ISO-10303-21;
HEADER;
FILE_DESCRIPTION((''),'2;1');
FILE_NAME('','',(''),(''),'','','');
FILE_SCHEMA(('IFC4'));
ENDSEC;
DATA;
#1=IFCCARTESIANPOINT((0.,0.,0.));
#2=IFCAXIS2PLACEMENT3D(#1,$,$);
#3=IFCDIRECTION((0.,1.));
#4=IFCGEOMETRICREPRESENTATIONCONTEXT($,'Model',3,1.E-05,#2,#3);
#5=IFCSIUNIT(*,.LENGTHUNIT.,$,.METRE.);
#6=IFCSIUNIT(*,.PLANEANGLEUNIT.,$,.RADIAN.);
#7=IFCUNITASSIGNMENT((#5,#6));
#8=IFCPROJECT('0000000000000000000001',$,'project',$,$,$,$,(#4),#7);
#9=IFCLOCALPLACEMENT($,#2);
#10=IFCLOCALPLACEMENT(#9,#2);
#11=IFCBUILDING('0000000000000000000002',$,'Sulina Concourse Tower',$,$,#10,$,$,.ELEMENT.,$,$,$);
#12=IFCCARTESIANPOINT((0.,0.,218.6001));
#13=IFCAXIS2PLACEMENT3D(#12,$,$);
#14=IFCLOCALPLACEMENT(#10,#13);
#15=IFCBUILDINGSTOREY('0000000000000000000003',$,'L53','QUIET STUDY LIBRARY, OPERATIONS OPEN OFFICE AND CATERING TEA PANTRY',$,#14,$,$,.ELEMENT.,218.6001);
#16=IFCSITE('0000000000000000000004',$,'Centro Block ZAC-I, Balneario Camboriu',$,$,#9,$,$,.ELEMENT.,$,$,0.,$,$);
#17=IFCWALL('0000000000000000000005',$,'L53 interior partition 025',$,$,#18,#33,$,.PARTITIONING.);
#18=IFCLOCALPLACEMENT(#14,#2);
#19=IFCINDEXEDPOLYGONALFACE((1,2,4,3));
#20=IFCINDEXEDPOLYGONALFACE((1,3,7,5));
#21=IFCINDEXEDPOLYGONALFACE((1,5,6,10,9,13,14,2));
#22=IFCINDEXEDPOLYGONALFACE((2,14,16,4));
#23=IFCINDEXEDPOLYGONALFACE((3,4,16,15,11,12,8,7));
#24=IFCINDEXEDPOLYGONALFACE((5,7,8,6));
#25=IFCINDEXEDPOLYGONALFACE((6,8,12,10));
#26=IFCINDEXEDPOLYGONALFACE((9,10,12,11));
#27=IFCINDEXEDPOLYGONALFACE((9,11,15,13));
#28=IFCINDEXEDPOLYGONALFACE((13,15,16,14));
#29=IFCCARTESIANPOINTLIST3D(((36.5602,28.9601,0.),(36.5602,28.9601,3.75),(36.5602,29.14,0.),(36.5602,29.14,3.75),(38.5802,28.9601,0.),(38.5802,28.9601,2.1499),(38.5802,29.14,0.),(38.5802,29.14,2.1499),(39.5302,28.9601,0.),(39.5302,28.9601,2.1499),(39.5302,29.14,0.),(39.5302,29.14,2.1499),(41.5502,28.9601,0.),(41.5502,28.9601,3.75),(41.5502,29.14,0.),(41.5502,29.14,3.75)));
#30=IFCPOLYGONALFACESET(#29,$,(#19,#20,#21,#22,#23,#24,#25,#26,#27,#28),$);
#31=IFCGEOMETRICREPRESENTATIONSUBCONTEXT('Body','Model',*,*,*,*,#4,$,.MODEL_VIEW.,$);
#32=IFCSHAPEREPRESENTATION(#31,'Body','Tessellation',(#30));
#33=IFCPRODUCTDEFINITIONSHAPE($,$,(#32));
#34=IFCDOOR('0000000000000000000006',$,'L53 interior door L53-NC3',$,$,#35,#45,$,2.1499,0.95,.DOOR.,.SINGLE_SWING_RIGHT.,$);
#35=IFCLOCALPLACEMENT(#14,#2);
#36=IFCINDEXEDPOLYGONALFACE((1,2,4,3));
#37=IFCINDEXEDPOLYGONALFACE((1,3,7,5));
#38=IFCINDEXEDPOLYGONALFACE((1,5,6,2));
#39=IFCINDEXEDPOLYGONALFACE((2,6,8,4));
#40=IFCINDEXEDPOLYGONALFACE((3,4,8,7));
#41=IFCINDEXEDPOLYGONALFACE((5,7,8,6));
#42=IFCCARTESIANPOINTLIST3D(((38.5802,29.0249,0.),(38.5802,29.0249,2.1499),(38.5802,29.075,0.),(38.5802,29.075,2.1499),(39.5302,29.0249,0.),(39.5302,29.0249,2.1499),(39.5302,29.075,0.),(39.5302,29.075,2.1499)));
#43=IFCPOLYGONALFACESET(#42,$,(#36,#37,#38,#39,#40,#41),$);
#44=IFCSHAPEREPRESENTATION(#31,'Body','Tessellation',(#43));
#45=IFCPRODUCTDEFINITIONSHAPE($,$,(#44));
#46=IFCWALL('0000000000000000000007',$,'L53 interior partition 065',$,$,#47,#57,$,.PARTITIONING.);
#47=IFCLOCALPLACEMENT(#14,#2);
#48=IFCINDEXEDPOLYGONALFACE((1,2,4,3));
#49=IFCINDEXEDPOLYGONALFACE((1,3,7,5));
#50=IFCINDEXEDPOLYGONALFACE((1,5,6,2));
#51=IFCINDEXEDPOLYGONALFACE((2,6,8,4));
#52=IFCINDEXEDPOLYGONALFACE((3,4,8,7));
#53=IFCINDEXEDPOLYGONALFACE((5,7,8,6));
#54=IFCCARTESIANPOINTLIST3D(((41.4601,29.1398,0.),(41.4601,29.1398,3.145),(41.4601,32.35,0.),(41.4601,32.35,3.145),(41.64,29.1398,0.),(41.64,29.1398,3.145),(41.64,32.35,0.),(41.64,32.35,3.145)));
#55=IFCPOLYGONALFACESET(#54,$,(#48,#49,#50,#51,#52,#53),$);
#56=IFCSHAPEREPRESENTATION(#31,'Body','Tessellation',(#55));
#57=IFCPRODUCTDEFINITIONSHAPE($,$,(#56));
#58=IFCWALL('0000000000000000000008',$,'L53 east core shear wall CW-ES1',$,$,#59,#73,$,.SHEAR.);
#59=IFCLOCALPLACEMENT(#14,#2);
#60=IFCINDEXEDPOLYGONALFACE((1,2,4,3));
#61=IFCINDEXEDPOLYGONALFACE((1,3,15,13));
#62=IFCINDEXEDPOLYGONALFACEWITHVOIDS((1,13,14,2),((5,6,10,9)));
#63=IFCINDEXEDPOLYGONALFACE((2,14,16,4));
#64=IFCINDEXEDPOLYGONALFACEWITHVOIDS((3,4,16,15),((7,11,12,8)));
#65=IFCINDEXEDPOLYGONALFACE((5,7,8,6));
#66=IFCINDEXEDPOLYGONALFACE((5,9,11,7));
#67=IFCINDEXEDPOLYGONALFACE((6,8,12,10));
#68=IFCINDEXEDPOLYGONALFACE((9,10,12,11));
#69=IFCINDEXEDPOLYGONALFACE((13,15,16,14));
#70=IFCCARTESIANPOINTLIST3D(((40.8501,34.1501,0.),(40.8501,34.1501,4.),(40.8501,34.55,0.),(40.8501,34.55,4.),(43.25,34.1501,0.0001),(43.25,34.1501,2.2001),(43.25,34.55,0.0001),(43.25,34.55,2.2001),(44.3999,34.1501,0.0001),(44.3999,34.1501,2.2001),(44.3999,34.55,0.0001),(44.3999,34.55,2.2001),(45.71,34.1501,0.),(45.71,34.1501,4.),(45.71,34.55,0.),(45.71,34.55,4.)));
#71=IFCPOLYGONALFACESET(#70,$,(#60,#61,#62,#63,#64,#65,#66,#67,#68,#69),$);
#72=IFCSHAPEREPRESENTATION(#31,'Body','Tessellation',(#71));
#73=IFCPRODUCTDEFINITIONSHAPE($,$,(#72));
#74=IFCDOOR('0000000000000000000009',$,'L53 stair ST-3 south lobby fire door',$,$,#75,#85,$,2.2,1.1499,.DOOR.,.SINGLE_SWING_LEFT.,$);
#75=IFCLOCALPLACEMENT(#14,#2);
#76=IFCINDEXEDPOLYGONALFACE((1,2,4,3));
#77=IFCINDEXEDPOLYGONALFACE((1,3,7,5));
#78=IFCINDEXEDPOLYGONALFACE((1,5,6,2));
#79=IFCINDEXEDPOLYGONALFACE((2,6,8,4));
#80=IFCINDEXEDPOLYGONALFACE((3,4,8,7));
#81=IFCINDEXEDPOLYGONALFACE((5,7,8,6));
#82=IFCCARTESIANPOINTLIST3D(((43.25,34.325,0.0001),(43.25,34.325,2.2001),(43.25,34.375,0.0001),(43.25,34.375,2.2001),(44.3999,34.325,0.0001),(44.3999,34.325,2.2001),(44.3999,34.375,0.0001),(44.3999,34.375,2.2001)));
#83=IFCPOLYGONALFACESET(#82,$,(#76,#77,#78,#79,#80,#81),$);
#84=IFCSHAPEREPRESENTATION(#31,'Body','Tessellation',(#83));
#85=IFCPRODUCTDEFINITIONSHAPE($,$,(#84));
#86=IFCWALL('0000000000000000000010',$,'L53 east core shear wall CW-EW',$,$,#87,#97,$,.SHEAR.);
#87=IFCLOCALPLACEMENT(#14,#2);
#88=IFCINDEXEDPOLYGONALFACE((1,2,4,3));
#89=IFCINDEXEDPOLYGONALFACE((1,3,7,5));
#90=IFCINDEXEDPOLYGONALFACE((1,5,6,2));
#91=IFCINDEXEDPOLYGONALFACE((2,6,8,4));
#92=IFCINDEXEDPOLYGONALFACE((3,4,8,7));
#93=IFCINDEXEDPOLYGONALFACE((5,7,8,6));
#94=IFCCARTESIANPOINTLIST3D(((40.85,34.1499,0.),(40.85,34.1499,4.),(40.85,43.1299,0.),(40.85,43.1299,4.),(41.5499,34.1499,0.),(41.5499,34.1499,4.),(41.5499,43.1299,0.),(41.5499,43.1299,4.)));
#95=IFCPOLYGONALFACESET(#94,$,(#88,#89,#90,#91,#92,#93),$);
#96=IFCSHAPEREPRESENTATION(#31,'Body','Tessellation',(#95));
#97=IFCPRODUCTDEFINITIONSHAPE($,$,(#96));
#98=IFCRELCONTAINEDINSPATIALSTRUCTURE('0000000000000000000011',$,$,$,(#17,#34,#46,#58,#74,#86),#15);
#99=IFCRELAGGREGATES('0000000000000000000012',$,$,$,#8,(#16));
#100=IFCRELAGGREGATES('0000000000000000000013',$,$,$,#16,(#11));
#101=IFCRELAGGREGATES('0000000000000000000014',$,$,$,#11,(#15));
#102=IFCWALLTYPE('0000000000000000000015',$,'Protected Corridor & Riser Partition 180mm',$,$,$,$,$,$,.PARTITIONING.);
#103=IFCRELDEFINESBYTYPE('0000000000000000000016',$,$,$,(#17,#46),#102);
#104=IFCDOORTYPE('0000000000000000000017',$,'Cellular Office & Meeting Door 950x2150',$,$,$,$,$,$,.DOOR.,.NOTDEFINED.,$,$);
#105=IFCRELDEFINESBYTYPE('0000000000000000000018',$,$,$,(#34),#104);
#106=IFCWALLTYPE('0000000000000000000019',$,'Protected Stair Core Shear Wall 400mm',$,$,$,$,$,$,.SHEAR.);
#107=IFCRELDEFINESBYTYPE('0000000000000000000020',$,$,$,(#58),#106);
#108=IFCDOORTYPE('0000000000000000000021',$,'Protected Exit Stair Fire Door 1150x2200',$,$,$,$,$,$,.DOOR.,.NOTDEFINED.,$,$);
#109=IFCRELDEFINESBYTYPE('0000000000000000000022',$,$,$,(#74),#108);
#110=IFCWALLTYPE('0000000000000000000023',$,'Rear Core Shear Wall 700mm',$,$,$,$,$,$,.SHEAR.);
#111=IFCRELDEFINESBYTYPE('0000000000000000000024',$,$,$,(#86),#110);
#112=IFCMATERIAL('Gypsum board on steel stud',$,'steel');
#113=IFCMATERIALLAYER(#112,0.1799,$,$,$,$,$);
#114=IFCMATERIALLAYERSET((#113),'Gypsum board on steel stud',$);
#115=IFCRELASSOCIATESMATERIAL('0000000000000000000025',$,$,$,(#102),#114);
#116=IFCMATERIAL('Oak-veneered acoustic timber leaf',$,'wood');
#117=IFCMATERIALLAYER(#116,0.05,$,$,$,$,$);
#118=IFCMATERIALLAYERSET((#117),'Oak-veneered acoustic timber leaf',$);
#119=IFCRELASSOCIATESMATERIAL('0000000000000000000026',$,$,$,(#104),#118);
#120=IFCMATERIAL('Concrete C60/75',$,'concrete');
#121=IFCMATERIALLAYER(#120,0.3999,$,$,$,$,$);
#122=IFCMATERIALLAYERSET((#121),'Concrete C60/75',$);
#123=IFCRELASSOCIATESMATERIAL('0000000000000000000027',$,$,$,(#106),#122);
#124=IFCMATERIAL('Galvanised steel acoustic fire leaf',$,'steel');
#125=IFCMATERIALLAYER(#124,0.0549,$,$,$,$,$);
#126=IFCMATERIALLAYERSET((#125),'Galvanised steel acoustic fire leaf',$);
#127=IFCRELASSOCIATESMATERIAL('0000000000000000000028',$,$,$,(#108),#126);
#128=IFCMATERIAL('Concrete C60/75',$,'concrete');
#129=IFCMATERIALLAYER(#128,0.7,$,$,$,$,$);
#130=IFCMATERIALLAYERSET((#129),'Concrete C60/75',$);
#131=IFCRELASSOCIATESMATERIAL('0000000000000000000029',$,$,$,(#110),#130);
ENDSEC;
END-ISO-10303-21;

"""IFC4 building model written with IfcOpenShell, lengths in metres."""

from ifc_helpers import new_model, si_unit, direction, frame, frame_2d, origin, place, context, subcontext, project, spatial, rectangle, extrude, material, layer, layer_set, type_object, element, fill, save


model = new_model("IFC4")

# Units and contexts
model_context = context("Model", 3, precision=1e-05, world=origin(), true_north=direction((0.0, 1.0)))
body_context = subcontext(model_context, "Body", "Model", "MODEL_VIEW")
ifc_project = project(units=[si_unit("LENGTHUNIT", "METRE"), si_unit("PLANEANGLEUNIT", "RADIAN")], contexts=[model_context])

# Site, building, storey
site_placement = place(None, origin())
site = spatial("IfcSite", under=ifc_project, at=site_placement, Name="Centro Block ZAC-I, Balneario Camboriu", CompositionType="ELEMENT", RefElevation=0.0)
building_placement = place(site_placement, origin())
building = spatial("IfcBuilding", under=site, at=building_placement, Name="Sulina Concourse Tower", CompositionType="ELEMENT")
storey_placement = place(building_placement, frame((0.0, 0.0, 218.6001)))
storey = spatial("IfcBuildingStorey", under=building, at=storey_placement, Name="L53", Description="QUIET STUDY LIBRARY, OPERATIONS OPEN OFFICE AND CATERING TEA PANTRY", CompositionType="ELEMENT", Elevation=218.6001)

# Shared definitions
ifc_material_1 = material(Name="Gypsum board on steel stud", Category="steel")
ifc_layer_1 = layer(ifc_material_1, 0.1799)
ifc_layer_set_1 = layer_set([ifc_layer_1], Name="Gypsum board on steel stud")
wall_type_1 = type_object("IfcWallType", Name="Protected Corridor & Riser Partition 180mm", PredefinedType="PARTITIONING", material=ifc_layer_set_1)

# Wall, opening, door
wall_1_placement = place(storey_placement, frame((36.5601, 29.05, 0.0), z_axis=(0.0, 0.0, 1.0), x_axis=(1.0, 0.0, 0.0)))
wall_1 = element("IfcWall", 1, at=wall_1_placement, inside=storey, type_object=wall_type_1, Name="L53 interior partition 025", PredefinedType="PARTITIONING", context=body_context, shape_type="SweptSolid", body=[
    extrude(rectangle(XDim=4.99, YDim=0.1799, at=frame_2d((2.4951, 0.0))), origin(), (0.0, 0.0, 1.0), 3.75),
])
opening_1_placement = place(wall_1_placement, frame((2.02, 0.0, 0.0)))
opening_1 = element("IfcOpeningElement", 2, at=opening_1_placement, cuts=wall_1, PredefinedType="OPENING", context=body_context, shape_type="SweptSolid", body=[
    extrude(rectangle(XDim=0.95, YDim=2.1499, at=frame_2d((0.4751, 1.075))), frame((0.0, 0.0999, 0.0), z_axis=(0.0, -1.0, 0.0), x_axis=(1.0, 0.0, 0.0)), (0.0, 0.0, 1.0), 0.2),
])
ifc_material_2 = material(Name="Oak-veneered acoustic timber leaf", Category="wood")
ifc_layer_2 = layer(ifc_material_2, 0.05)
ifc_layer_set_2 = layer_set([ifc_layer_2], Name="Oak-veneered acoustic timber leaf")
door_type_1 = type_object("IfcDoorType", Name="Cellular Office & Meeting Door 950x2150", OperationType="NOTDEFINED", PredefinedType="DOOR", material=ifc_layer_set_2)
door_1_placement = place(opening_1_placement, origin())
door_1 = element("IfcDoor", 3, at=door_1_placement, inside=storey, type_object=door_type_1, Name="L53 interior door L53-NC3", OperationType="SINGLE_SWING_RIGHT", OverallHeight=2.1499, OverallWidth=0.95, PredefinedType="DOOR", context=body_context, shape_type="SweptSolid", body=[
    extrude(rectangle(XDim=0.95, YDim=2.1499, at=frame_2d((0.4751, 1.075))), frame((0.0, 0.0249, 0.0), z_axis=(0.0, -1.0, 0.0), x_axis=(1.0, 0.0, 0.0)), (0.0, 0.0, 1.0), 0.05),
])
fill(opening_1, door_1)

# Wall
wall_2_placement = place(storey_placement, frame((41.55, 29.1399, 0.0), z_axis=(0.0, 0.0, 1.0), x_axis=(0.0, 1.0, 0.0)))
element("IfcWall", 4, at=wall_2_placement, inside=storey, type_object=wall_type_1, Name="L53 interior partition 065", PredefinedType="PARTITIONING", context=body_context, shape_type="SweptSolid", body=[
    extrude(rectangle(XDim=3.2102, YDim=0.1799, at=frame_2d((1.605, 0.0))), origin(), (0.0, 0.0, 1.0), 3.145),
])

# Wall, opening, door
ifc_material_3 = material(Name="Concrete C60/75", Category="concrete")
ifc_layer_3 = layer(ifc_material_3, 0.3999)
ifc_layer_set_3 = layer_set([ifc_layer_3], Name="Concrete C60/75")
wall_type_2 = type_object("IfcWallType", Name="Protected Stair Core Shear Wall 400mm", PredefinedType="SHEAR", material=ifc_layer_set_3)
wall_3_placement = place(storey_placement, frame((40.8501, 34.3501, 0.0), z_axis=(0.0, 0.0, 1.0), x_axis=(1.0, 0.0, 0.0)))
wall_3 = element("IfcWall", 5, at=wall_3_placement, inside=storey, type_object=wall_type_2, Name="L53 east core shear wall CW-ES1", PredefinedType="SHEAR", context=body_context, shape_type="SweptSolid", body=[
    extrude(rectangle(XDim=4.8599, YDim=0.3999, at=frame_2d((2.4299, 0.0))), origin(), (0.0, 0.0, 1.0), 4.0),
])
opening_2_placement = place(wall_3_placement, frame((2.3999, 0.0, 0.0)))
opening_2 = element("IfcOpeningElement", 6, at=opening_2_placement, cuts=wall_3, PredefinedType="OPENING", context=body_context, shape_type="SweptSolid", body=[
    extrude(rectangle(XDim=1.1499, YDim=2.2, at=frame_2d((0.575, 1.1001))), frame((0.0, 0.21, 0.0), z_axis=(0.0, -1.0, 0.0), x_axis=(1.0, 0.0, 0.0)), (0.0, 0.0, 1.0), 0.4199),
])
ifc_material_4 = material(Name="Galvanised steel acoustic fire leaf", Category="steel")
ifc_layer_4 = layer(ifc_material_4, 0.0549)
ifc_layer_set_4 = layer_set([ifc_layer_4], Name="Galvanised steel acoustic fire leaf")
door_type_2 = type_object("IfcDoorType", Name="Protected Exit Stair Fire Door 1150x2200", OperationType="NOTDEFINED", PredefinedType="DOOR", material=ifc_layer_set_4)
door_2_placement = place(opening_2_placement, origin())
door_2 = element("IfcDoor", 7, at=door_2_placement, inside=storey, type_object=door_type_2, Name="L53 stair ST-3 south lobby fire door", OperationType="SINGLE_SWING_LEFT", OverallHeight=2.2, OverallWidth=1.1499, PredefinedType="DOOR", context=body_context, shape_type="SweptSolid", body=[
    extrude(rectangle(XDim=1.1499, YDim=2.2, at=frame_2d((0.575, 1.1001))), frame((0.0, 0.0249, 0.0), z_axis=(0.0, -1.0, 0.0), x_axis=(1.0, 0.0, 0.0)), (0.0, 0.0, 1.0), 0.05),
])
fill(opening_2, door_2)

# Wall
ifc_material_5 = material(Name="Concrete C60/75", Category="concrete")
ifc_layer_5 = layer(ifc_material_5, 0.7)
ifc_layer_set_5 = layer_set([ifc_layer_5], Name="Concrete C60/75")
wall_type_3 = type_object("IfcWallType", Name="Rear Core Shear Wall 700mm", PredefinedType="SHEAR", material=ifc_layer_set_5)
wall_4_placement = place(storey_placement, frame((41.2, 34.1499, 0.0), z_axis=(0.0, 0.0, 1.0), x_axis=(0.0, 1.0, 0.0)))
element("IfcWall", 8, at=wall_4_placement, inside=storey, type_object=wall_type_3, Name="L53 east core shear wall CW-EW", PredefinedType="SHEAR", context=body_context, shape_type="SweptSolid", body=[
    extrude(rectangle(XDim=8.98, YDim=0.7, at=frame_2d((4.49, 0.0))), origin(), (0.0, 0.0, 1.0), 4.0),
])

save(model, "model.ifc")
